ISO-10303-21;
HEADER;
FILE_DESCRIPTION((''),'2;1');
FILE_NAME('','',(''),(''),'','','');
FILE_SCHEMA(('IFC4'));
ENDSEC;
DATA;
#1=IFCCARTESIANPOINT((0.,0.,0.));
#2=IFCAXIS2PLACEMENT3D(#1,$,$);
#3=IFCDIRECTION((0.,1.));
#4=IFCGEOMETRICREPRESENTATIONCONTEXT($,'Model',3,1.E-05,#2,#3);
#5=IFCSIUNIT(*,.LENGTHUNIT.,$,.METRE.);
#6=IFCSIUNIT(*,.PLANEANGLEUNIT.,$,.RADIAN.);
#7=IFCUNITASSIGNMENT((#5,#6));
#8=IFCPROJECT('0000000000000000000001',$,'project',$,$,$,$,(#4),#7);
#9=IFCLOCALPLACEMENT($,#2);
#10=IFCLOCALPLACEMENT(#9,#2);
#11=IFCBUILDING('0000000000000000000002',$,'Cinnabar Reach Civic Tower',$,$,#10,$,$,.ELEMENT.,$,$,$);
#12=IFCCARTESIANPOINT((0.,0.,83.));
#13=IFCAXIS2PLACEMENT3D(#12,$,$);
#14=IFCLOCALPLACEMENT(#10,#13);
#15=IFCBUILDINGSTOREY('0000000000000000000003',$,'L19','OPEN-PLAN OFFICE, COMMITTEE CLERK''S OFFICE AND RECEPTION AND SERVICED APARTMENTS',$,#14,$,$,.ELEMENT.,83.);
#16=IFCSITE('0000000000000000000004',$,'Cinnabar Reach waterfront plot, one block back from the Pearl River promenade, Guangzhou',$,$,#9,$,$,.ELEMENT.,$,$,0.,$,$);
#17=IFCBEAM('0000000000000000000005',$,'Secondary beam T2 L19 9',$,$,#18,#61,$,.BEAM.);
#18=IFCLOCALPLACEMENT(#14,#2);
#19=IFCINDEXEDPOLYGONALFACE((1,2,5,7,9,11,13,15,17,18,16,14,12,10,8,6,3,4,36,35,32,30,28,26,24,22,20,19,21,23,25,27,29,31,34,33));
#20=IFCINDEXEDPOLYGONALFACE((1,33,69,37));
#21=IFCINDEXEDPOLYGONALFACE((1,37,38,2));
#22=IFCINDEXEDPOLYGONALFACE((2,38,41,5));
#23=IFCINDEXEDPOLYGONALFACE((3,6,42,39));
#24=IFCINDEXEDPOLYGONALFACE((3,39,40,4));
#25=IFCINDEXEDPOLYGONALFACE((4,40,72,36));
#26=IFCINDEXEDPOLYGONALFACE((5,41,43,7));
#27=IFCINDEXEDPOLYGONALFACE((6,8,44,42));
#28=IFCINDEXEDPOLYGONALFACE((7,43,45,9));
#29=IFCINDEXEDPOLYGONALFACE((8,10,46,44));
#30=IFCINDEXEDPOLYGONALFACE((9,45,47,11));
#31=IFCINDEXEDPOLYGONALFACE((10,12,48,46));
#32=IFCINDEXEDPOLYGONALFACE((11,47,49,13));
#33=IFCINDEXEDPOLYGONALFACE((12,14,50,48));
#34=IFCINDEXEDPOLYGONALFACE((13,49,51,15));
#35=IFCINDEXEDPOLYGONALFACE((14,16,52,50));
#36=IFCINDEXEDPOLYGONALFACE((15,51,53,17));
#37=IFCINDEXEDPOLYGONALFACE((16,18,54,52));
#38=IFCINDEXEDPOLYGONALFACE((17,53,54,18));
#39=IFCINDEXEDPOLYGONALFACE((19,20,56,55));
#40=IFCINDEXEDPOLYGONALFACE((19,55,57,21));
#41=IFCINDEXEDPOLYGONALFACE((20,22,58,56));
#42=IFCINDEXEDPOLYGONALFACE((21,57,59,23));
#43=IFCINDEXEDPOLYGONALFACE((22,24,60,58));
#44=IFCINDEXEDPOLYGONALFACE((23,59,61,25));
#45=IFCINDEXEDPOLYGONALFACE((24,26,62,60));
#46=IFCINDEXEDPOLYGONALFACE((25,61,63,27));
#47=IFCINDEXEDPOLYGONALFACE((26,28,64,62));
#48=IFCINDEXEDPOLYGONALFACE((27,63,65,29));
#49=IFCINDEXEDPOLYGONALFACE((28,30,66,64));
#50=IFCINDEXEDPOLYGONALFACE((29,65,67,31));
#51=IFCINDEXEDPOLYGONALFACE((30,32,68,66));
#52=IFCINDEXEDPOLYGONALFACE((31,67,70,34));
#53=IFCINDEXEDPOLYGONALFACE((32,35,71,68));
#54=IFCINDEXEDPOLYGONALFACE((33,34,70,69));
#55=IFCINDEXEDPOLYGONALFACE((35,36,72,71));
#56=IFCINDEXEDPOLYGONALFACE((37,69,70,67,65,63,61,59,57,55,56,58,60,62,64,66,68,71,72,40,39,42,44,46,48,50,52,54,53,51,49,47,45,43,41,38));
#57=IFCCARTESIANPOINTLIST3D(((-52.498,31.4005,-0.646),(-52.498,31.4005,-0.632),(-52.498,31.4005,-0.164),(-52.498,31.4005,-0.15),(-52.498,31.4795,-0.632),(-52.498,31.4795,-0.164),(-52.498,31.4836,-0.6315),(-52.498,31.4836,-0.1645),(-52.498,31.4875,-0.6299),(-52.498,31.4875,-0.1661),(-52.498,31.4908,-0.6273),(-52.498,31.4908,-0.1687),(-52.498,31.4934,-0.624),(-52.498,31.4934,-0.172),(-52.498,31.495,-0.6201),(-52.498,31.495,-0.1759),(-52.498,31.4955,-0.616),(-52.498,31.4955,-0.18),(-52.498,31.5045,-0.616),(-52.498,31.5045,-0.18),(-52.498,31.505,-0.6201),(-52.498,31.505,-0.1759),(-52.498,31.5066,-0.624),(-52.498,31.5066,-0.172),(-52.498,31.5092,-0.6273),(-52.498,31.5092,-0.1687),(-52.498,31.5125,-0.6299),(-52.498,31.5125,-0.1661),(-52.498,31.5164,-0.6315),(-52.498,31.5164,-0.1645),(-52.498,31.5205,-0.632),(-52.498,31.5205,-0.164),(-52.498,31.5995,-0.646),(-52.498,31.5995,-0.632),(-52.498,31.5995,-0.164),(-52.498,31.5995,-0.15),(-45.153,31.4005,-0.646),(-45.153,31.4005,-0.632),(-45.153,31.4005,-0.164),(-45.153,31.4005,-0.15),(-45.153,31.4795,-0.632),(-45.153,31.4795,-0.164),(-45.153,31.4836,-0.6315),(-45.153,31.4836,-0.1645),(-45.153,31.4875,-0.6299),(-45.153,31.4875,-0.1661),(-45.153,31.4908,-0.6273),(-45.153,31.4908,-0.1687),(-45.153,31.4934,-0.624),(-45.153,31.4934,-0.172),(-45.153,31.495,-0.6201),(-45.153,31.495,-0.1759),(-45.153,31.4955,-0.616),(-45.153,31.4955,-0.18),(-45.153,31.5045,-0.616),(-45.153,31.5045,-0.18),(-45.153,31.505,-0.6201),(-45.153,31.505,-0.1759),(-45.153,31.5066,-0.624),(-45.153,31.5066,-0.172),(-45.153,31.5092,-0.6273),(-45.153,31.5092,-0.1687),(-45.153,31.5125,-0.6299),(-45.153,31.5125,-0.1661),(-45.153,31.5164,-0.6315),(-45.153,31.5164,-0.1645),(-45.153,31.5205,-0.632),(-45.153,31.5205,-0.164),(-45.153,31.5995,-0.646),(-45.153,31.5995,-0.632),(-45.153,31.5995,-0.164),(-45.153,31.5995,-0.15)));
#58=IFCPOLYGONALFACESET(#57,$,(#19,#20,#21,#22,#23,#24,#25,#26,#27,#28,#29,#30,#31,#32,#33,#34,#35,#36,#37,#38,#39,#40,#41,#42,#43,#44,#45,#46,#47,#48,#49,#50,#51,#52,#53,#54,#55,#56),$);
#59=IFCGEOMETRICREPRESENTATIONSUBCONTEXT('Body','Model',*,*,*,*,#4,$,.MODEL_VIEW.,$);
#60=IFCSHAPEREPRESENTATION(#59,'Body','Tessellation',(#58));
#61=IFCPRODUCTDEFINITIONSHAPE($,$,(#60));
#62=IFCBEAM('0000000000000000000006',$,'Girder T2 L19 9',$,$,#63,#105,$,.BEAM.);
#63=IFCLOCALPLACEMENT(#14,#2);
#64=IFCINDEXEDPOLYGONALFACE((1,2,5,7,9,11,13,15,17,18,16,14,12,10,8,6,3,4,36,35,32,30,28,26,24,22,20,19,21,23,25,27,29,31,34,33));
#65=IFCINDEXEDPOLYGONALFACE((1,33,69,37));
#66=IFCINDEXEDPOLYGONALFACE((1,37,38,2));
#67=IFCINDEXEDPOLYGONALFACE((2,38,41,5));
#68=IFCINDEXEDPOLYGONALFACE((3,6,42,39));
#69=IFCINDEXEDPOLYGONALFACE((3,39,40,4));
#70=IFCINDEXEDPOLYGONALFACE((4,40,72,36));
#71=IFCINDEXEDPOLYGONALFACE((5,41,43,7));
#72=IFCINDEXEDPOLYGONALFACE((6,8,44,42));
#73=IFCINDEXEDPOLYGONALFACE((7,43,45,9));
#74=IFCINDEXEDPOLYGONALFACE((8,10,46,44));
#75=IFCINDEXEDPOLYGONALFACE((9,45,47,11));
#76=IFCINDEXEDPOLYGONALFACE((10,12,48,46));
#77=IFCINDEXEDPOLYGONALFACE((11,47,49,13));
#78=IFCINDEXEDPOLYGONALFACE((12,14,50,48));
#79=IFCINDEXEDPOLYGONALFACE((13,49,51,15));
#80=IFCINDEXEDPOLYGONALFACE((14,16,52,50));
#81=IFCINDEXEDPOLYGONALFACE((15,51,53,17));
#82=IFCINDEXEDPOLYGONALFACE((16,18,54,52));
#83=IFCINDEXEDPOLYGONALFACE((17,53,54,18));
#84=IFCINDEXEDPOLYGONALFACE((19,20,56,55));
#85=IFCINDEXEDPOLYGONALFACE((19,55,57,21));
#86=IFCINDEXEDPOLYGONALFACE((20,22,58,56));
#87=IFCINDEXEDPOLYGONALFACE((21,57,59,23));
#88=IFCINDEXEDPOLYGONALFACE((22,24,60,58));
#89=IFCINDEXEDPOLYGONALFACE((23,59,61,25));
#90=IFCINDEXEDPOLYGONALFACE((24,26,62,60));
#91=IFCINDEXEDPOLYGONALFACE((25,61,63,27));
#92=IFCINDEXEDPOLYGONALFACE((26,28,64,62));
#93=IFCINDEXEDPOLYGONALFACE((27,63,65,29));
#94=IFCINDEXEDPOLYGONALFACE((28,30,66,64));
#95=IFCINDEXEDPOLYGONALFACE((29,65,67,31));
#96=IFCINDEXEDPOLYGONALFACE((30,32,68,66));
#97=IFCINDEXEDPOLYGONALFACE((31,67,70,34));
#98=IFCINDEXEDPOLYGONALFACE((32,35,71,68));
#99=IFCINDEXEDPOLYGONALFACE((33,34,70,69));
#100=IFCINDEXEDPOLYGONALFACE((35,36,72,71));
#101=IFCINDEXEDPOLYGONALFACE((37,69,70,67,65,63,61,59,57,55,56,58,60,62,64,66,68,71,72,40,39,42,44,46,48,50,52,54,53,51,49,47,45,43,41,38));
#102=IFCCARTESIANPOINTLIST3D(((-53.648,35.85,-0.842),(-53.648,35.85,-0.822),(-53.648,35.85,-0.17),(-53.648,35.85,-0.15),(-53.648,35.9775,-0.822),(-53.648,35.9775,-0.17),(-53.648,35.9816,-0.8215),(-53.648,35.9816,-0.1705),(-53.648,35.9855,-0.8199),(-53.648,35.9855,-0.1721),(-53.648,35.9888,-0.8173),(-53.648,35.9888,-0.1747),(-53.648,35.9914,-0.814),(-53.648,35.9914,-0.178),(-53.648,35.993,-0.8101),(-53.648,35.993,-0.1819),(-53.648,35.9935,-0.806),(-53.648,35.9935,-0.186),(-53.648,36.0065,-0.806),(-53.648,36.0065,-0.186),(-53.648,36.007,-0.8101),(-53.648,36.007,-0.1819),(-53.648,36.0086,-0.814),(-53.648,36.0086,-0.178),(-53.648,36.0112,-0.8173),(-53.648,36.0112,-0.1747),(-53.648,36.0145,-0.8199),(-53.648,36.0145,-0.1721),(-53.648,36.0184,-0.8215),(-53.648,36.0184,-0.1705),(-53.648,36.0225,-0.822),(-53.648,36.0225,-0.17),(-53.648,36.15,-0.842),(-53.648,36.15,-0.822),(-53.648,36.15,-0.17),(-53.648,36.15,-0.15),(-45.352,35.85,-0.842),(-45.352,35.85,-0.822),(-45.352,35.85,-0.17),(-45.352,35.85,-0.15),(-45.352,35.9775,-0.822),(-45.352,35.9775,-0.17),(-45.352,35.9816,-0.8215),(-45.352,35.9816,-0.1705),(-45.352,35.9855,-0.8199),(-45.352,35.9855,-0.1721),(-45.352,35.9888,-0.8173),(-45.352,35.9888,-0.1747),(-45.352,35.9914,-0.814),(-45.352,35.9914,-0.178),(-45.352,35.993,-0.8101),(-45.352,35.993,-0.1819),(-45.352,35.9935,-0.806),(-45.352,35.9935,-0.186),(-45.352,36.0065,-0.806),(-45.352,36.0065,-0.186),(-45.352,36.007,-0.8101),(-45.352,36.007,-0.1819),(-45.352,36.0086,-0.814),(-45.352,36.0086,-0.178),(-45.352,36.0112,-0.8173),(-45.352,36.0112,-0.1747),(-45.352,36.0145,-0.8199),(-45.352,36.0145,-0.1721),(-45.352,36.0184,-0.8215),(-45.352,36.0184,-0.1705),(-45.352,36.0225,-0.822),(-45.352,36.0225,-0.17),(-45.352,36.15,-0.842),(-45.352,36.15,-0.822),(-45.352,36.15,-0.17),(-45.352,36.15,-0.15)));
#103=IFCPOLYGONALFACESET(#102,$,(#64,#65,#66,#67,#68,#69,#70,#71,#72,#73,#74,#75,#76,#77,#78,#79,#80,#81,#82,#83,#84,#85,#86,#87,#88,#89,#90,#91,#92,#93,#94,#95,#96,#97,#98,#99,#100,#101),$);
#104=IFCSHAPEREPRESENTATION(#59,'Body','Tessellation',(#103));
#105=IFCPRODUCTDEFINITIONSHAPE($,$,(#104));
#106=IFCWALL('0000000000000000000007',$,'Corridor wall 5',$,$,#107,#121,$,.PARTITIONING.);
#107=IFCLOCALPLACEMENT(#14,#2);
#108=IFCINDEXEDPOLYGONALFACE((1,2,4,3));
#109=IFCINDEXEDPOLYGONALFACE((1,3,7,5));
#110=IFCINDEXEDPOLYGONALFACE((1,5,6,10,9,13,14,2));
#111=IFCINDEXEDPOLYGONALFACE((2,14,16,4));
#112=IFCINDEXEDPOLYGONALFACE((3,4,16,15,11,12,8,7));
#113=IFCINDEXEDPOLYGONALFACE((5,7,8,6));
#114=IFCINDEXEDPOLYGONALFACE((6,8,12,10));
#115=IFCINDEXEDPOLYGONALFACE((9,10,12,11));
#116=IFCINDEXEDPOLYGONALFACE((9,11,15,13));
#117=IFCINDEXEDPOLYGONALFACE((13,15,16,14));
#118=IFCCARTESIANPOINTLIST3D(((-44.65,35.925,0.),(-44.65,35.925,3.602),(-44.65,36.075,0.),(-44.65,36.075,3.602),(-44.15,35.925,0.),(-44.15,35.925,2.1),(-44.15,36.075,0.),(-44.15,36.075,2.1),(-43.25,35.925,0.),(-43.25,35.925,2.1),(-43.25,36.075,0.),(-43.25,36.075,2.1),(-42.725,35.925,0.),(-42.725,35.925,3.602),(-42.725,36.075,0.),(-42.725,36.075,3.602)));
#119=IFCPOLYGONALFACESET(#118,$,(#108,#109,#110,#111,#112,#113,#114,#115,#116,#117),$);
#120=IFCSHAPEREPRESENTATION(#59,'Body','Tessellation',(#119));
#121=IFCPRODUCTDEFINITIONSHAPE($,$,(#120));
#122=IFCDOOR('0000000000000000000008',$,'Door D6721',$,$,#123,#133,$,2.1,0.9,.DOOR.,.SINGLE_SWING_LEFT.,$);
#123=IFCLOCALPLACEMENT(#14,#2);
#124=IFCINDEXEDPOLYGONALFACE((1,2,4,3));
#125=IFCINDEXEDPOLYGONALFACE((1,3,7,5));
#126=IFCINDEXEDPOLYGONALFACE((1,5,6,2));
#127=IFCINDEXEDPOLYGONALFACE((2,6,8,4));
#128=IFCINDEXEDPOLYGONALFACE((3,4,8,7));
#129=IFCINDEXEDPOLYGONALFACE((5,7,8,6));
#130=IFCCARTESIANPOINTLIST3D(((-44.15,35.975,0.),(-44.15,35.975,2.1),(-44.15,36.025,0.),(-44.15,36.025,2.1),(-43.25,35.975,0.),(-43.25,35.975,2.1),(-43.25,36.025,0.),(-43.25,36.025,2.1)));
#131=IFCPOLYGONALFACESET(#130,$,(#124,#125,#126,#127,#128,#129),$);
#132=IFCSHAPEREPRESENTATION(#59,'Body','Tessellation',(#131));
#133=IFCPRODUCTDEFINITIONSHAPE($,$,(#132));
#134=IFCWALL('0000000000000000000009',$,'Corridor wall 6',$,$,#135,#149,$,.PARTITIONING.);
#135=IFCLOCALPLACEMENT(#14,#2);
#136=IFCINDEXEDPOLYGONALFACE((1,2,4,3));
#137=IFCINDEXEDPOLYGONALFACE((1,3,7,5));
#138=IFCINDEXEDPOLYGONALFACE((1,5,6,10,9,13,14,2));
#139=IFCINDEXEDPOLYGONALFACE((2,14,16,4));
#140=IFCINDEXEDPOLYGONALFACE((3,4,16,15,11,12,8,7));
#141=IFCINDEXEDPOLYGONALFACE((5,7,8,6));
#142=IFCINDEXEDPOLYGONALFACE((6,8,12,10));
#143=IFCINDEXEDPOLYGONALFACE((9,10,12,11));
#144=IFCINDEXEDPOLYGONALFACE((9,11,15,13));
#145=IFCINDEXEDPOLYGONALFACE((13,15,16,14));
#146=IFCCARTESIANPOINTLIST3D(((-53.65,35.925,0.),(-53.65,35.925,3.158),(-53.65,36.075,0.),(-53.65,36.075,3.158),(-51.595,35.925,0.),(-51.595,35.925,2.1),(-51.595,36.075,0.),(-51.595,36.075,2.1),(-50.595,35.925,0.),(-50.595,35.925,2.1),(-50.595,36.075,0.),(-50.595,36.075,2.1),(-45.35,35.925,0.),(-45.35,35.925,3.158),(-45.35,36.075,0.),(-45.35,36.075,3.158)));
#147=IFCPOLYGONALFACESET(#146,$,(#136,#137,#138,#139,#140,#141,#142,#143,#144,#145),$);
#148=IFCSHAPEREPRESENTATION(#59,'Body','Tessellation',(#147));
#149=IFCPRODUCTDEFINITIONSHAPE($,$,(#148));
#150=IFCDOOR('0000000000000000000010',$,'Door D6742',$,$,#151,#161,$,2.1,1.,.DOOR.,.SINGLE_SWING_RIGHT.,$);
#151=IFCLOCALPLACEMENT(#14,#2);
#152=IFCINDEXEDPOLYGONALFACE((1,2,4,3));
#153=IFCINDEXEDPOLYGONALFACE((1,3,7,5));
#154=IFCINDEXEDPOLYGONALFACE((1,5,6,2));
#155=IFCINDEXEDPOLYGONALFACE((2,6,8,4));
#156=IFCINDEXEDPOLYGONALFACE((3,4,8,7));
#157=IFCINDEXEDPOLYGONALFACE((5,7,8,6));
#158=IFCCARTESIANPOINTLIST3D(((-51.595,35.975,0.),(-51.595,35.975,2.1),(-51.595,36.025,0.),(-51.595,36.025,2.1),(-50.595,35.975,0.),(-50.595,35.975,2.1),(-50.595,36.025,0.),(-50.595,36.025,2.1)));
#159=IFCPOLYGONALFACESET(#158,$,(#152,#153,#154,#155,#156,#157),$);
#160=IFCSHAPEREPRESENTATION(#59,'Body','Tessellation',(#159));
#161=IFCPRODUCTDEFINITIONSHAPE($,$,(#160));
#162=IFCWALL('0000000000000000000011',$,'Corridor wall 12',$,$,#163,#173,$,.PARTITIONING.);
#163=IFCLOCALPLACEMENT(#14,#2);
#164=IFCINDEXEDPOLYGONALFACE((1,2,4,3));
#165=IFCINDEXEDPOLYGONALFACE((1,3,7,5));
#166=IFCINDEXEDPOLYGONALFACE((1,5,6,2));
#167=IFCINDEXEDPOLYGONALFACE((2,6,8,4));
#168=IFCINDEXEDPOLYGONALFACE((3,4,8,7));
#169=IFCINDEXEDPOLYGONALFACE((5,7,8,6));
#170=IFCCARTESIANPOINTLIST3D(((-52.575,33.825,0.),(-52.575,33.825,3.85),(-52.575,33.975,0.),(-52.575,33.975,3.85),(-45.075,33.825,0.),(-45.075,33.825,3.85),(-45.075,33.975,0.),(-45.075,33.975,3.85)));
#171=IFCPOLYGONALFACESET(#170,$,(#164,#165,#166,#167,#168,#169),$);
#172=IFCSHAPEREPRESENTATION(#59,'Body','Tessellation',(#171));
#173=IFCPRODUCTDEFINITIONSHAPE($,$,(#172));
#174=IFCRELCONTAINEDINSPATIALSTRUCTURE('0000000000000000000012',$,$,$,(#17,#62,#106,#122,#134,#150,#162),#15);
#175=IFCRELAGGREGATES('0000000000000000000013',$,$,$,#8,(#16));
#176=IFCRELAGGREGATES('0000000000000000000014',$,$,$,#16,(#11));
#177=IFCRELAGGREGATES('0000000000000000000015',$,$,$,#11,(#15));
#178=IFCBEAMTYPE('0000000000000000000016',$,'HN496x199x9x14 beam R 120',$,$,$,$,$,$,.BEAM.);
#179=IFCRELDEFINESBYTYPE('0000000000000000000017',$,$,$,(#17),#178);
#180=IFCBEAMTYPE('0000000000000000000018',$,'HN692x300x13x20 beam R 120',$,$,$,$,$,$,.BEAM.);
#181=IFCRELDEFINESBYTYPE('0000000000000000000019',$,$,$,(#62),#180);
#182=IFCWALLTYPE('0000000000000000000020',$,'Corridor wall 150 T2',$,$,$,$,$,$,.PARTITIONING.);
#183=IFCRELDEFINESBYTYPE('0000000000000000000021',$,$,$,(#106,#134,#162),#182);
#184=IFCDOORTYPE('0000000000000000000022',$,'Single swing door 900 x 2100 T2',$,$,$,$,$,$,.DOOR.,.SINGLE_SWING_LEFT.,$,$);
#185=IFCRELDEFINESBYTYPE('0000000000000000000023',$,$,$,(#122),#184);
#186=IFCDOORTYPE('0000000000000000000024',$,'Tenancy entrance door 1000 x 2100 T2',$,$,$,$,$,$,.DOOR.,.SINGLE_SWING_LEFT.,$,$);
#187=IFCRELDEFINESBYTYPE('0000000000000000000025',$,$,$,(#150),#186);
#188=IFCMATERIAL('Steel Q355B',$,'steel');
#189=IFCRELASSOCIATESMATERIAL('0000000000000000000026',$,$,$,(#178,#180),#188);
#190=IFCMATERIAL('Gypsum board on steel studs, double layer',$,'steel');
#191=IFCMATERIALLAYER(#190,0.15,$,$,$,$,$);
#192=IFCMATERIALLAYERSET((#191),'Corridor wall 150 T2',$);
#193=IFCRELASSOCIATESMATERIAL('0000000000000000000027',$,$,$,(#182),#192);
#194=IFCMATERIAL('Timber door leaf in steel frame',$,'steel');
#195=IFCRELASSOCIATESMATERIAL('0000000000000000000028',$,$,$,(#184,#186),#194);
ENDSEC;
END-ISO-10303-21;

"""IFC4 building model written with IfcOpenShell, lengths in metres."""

from ifc_helpers import new_model, si_unit, direction, frame, frame_2d, origin, origin_2d, place, context, subcontext, project, spatial, rectangle, i_section, extrude, material, layer, layer_set, material_profile, profile_set, type_object, element, fill, save


model = new_model("IFC4")

# Units and contexts
model_context = context("Model", 3, precision=1e-05, world=origin(), true_north=direction((0.0, 1.0)))
body_context = subcontext(model_context, "Body", "Model", "MODEL_VIEW")
ifc_project = project(units=[si_unit("LENGTHUNIT", "METRE"), si_unit("PLANEANGLEUNIT", "RADIAN")], contexts=[model_context])

# Site, building, storey
site_placement = place(None, origin())
site = spatial("IfcSite", under=ifc_project, at=site_placement, Name="Cinnabar Reach waterfront plot, one block back from the Pearl River promenade, Guangzhou", CompositionType="ELEMENT", RefElevation=0.0)
building_placement = place(site_placement, origin())
building = spatial("IfcBuilding", under=site, at=building_placement, Name="Cinnabar Reach Civic Tower", CompositionType="ELEMENT")
storey_placement = place(building_placement, frame((0.0, 0.0, 83.0)))
storey = spatial("IfcBuildingStorey", under=building, at=storey_placement, Name="L19", Description="OPEN-PLAN OFFICE, COMMITTEE CLERK'S OFFICE AND RECEPTION AND SERVICED APARTMENTS", CompositionType="ELEMENT", Elevation=83.0)

# Beams
ifc_material_1 = material(Name="Steel Q355B", Category="steel")
ifc_material_profile_1 = material_profile(ifc_material_1, i_section(OverallWidth=0.199, OverallDepth=0.496, WebThickness=0.009, FlangeThickness=0.014, FilletRadius=0.016, at=origin_2d()), Name="HN496x199x9x14")
ifc_profile_set_1 = profile_set([ifc_material_profile_1], Name="Steel Q355B")
beam_type_1 = type_object("IfcBeamType", Name="HN496x199x9x14 beam R 120", PredefinedType="BEAM", material=ifc_profile_set_1)
beam_1_placement = place(storey_placement, frame((-52.498, 31.5, -0.398), z_axis=(1.0, 0.0, 0.0), x_axis=(0.0, 1.0, 0.0)))
element("IfcBeam", 1, at=beam_1_placement, inside=storey, type_object=beam_type_1, Name="Secondary beam T2 L19 9", PredefinedType="BEAM", context=body_context, shape_type="SweptSolid", body=[
    extrude(i_section(OverallWidth=0.199, OverallDepth=0.496, WebThickness=0.009, FlangeThickness=0.014, FilletRadius=0.016, at=origin_2d()), origin(), (0.0, 0.0, 1.0), 7.345),
])
ifc_material_profile_2 = material_profile(ifc_material_1, i_section(OverallWidth=0.3, OverallDepth=0.692, WebThickness=0.013, FlangeThickness=0.02, FilletRadius=0.016, at=origin_2d()), Name="HN692x300x13x20")
ifc_profile_set_2 = profile_set([ifc_material_profile_2], Name="Steel Q355B")
beam_type_2 = type_object("IfcBeamType", Name="HN692x300x13x20 beam R 120", PredefinedType="BEAM", material=ifc_profile_set_2)
beam_2_placement = place(storey_placement, frame((-53.648, 36.0, -0.496), z_axis=(1.0, 0.0, 0.0), x_axis=(0.0, 1.0, 0.0)))
element("IfcBeam", 2, at=beam_2_placement, inside=storey, type_object=beam_type_2, Name="Girder T2 L19 9", PredefinedType="BEAM", context=body_context, shape_type="SweptSolid", body=[
    extrude(i_section(OverallWidth=0.3, OverallDepth=0.692, WebThickness=0.013, FlangeThickness=0.02, FilletRadius=0.016, at=origin_2d()), origin(), (0.0, 0.0, 1.0), 8.296),
])

# Walls, openings, doors
ifc_material_2 = material(Name="Gypsum board on steel studs, double layer", Category="steel")
ifc_layer_1 = layer(ifc_material_2, 0.15)
ifc_layer_set_1 = layer_set([ifc_layer_1], Name="Corridor wall 150 T2")
wall_type_1 = type_object("IfcWallType", Name="Corridor wall 150 T2", PredefinedType="PARTITIONING", material=ifc_layer_set_1)
wall_1_placement = place(storey_placement, frame((-44.65, 36.0, 0.0), z_axis=(0.0, 0.0, 1.0), x_axis=(1.0, 0.0, 0.0)))
wall_1 = element("IfcWall", 3, at=wall_1_placement, inside=storey, type_object=wall_type_1, Name="Corridor wall 5", PredefinedType="PARTITIONING", context=body_context, shape_type="SweptSolid", body=[
    extrude(rectangle(XDim=1.925, YDim=0.15, at=frame_2d((0.9625, 0.0))), origin(), (0.0, 0.0, 1.0), 3.602),
])
opening_1_placement = place(wall_1_placement, frame((0.5, 0.0, 0.0)))
opening_1 = element("IfcOpeningElement", 4, at=opening_1_placement, cuts=wall_1, PredefinedType="OPENING", context=body_context, shape_type="SweptSolid", body=[
    extrude(rectangle(XDim=0.9, YDim=2.1, at=frame_2d((0.45, 1.05))), frame((0.0, 0.085, 0.0), z_axis=(0.0, -1.0, 0.0), x_axis=(1.0, 0.0, 0.0)), (0.0, 0.0, 1.0), 0.17),
])
ifc_material_3 = material(Name="Timber door leaf in steel frame", Category="steel")
door_type_1 = type_object("IfcDoorType", Name="Single swing door 900 x 2100 T2", OperationType="SINGLE_SWING_LEFT", PredefinedType="DOOR", material=ifc_material_3)
door_1_placement = place(opening_1_placement, origin())
door_1 = element("IfcDoor", 5, at=door_1_placement, inside=storey, type_object=door_type_1, Name="Door D6721", OperationType="SINGLE_SWING_LEFT", OverallHeight=2.1, OverallWidth=0.9, PredefinedType="DOOR", context=body_context, shape_type="SweptSolid", body=[
    extrude(rectangle(XDim=0.9, YDim=2.1, at=frame_2d((0.45, 1.05))), frame((0.0, 0.025, 0.0), z_axis=(0.0, -1.0, 0.0), x_axis=(1.0, 0.0, 0.0)), (0.0, 0.0, 1.0), 0.05),
])
fill(opening_1, door_1)
wall_2_placement = place(storey_placement, frame((-53.65, 36.0, 0.0), z_axis=(0.0, 0.0, 1.0), x_axis=(1.0, 0.0, 0.0)))
wall_2 = element("IfcWall", 6, at=wall_2_placement, inside=storey, type_object=wall_type_1, Name="Corridor wall 6", PredefinedType="PARTITIONING", context=body_context, shape_type="SweptSolid", body=[
    extrude(rectangle(XDim=8.3, YDim=0.15, at=frame_2d((4.15, 0.0))), origin(), (0.0, 0.0, 1.0), 3.158),
])
opening_2_placement = place(wall_2_placement, frame((2.055, 0.0, 0.0)))
opening_2 = element("IfcOpeningElement", 7, at=opening_2_placement, cuts=wall_2, PredefinedType="OPENING", context=body_context, shape_type="SweptSolid", body=[
    extrude(rectangle(XDim=1.0, YDim=2.1, at=frame_2d((0.5, 1.05))), frame((0.0, 0.085, 0.0), z_axis=(0.0, -1.0, 0.0), x_axis=(1.0, 0.0, 0.0)), (0.0, 0.0, 1.0), 0.17),
])
door_type_2 = type_object("IfcDoorType", Name="Tenancy entrance door 1000 x 2100 T2", OperationType="SINGLE_SWING_LEFT", PredefinedType="DOOR", material=ifc_material_3)
door_2_placement = place(opening_2_placement, origin())
door_2 = element("IfcDoor", 8, at=door_2_placement, inside=storey, type_object=door_type_2, Name="Door D6742", OperationType="SINGLE_SWING_RIGHT", OverallHeight=2.1, OverallWidth=1.0, PredefinedType="DOOR", context=body_context, shape_type="SweptSolid", body=[
    extrude(rectangle(XDim=1.0, YDim=2.1, at=frame_2d((0.5, 1.05))), frame((0.0, 0.025, 0.0), z_axis=(0.0, -1.0, 0.0), x_axis=(1.0, 0.0, 0.0)), (0.0, 0.0, 1.0), 0.05),
])
fill(opening_2, door_2)

# Wall
wall_3_placement = place(storey_placement, frame((-52.575, 33.9, 0.0), z_axis=(0.0, 0.0, 1.0), x_axis=(1.0, 0.0, 0.0)))
element("IfcWall", 9, at=wall_3_placement, inside=storey, type_object=wall_type_1, Name="Corridor wall 12", PredefinedType="PARTITIONING", context=body_context, shape_type="SweptSolid", body=[
    extrude(rectangle(XDim=7.5, YDim=0.15, at=frame_2d((3.75, 0.0))), origin(), (0.0, 0.0, 1.0), 3.85),
])

save(model, "model.ifc")
